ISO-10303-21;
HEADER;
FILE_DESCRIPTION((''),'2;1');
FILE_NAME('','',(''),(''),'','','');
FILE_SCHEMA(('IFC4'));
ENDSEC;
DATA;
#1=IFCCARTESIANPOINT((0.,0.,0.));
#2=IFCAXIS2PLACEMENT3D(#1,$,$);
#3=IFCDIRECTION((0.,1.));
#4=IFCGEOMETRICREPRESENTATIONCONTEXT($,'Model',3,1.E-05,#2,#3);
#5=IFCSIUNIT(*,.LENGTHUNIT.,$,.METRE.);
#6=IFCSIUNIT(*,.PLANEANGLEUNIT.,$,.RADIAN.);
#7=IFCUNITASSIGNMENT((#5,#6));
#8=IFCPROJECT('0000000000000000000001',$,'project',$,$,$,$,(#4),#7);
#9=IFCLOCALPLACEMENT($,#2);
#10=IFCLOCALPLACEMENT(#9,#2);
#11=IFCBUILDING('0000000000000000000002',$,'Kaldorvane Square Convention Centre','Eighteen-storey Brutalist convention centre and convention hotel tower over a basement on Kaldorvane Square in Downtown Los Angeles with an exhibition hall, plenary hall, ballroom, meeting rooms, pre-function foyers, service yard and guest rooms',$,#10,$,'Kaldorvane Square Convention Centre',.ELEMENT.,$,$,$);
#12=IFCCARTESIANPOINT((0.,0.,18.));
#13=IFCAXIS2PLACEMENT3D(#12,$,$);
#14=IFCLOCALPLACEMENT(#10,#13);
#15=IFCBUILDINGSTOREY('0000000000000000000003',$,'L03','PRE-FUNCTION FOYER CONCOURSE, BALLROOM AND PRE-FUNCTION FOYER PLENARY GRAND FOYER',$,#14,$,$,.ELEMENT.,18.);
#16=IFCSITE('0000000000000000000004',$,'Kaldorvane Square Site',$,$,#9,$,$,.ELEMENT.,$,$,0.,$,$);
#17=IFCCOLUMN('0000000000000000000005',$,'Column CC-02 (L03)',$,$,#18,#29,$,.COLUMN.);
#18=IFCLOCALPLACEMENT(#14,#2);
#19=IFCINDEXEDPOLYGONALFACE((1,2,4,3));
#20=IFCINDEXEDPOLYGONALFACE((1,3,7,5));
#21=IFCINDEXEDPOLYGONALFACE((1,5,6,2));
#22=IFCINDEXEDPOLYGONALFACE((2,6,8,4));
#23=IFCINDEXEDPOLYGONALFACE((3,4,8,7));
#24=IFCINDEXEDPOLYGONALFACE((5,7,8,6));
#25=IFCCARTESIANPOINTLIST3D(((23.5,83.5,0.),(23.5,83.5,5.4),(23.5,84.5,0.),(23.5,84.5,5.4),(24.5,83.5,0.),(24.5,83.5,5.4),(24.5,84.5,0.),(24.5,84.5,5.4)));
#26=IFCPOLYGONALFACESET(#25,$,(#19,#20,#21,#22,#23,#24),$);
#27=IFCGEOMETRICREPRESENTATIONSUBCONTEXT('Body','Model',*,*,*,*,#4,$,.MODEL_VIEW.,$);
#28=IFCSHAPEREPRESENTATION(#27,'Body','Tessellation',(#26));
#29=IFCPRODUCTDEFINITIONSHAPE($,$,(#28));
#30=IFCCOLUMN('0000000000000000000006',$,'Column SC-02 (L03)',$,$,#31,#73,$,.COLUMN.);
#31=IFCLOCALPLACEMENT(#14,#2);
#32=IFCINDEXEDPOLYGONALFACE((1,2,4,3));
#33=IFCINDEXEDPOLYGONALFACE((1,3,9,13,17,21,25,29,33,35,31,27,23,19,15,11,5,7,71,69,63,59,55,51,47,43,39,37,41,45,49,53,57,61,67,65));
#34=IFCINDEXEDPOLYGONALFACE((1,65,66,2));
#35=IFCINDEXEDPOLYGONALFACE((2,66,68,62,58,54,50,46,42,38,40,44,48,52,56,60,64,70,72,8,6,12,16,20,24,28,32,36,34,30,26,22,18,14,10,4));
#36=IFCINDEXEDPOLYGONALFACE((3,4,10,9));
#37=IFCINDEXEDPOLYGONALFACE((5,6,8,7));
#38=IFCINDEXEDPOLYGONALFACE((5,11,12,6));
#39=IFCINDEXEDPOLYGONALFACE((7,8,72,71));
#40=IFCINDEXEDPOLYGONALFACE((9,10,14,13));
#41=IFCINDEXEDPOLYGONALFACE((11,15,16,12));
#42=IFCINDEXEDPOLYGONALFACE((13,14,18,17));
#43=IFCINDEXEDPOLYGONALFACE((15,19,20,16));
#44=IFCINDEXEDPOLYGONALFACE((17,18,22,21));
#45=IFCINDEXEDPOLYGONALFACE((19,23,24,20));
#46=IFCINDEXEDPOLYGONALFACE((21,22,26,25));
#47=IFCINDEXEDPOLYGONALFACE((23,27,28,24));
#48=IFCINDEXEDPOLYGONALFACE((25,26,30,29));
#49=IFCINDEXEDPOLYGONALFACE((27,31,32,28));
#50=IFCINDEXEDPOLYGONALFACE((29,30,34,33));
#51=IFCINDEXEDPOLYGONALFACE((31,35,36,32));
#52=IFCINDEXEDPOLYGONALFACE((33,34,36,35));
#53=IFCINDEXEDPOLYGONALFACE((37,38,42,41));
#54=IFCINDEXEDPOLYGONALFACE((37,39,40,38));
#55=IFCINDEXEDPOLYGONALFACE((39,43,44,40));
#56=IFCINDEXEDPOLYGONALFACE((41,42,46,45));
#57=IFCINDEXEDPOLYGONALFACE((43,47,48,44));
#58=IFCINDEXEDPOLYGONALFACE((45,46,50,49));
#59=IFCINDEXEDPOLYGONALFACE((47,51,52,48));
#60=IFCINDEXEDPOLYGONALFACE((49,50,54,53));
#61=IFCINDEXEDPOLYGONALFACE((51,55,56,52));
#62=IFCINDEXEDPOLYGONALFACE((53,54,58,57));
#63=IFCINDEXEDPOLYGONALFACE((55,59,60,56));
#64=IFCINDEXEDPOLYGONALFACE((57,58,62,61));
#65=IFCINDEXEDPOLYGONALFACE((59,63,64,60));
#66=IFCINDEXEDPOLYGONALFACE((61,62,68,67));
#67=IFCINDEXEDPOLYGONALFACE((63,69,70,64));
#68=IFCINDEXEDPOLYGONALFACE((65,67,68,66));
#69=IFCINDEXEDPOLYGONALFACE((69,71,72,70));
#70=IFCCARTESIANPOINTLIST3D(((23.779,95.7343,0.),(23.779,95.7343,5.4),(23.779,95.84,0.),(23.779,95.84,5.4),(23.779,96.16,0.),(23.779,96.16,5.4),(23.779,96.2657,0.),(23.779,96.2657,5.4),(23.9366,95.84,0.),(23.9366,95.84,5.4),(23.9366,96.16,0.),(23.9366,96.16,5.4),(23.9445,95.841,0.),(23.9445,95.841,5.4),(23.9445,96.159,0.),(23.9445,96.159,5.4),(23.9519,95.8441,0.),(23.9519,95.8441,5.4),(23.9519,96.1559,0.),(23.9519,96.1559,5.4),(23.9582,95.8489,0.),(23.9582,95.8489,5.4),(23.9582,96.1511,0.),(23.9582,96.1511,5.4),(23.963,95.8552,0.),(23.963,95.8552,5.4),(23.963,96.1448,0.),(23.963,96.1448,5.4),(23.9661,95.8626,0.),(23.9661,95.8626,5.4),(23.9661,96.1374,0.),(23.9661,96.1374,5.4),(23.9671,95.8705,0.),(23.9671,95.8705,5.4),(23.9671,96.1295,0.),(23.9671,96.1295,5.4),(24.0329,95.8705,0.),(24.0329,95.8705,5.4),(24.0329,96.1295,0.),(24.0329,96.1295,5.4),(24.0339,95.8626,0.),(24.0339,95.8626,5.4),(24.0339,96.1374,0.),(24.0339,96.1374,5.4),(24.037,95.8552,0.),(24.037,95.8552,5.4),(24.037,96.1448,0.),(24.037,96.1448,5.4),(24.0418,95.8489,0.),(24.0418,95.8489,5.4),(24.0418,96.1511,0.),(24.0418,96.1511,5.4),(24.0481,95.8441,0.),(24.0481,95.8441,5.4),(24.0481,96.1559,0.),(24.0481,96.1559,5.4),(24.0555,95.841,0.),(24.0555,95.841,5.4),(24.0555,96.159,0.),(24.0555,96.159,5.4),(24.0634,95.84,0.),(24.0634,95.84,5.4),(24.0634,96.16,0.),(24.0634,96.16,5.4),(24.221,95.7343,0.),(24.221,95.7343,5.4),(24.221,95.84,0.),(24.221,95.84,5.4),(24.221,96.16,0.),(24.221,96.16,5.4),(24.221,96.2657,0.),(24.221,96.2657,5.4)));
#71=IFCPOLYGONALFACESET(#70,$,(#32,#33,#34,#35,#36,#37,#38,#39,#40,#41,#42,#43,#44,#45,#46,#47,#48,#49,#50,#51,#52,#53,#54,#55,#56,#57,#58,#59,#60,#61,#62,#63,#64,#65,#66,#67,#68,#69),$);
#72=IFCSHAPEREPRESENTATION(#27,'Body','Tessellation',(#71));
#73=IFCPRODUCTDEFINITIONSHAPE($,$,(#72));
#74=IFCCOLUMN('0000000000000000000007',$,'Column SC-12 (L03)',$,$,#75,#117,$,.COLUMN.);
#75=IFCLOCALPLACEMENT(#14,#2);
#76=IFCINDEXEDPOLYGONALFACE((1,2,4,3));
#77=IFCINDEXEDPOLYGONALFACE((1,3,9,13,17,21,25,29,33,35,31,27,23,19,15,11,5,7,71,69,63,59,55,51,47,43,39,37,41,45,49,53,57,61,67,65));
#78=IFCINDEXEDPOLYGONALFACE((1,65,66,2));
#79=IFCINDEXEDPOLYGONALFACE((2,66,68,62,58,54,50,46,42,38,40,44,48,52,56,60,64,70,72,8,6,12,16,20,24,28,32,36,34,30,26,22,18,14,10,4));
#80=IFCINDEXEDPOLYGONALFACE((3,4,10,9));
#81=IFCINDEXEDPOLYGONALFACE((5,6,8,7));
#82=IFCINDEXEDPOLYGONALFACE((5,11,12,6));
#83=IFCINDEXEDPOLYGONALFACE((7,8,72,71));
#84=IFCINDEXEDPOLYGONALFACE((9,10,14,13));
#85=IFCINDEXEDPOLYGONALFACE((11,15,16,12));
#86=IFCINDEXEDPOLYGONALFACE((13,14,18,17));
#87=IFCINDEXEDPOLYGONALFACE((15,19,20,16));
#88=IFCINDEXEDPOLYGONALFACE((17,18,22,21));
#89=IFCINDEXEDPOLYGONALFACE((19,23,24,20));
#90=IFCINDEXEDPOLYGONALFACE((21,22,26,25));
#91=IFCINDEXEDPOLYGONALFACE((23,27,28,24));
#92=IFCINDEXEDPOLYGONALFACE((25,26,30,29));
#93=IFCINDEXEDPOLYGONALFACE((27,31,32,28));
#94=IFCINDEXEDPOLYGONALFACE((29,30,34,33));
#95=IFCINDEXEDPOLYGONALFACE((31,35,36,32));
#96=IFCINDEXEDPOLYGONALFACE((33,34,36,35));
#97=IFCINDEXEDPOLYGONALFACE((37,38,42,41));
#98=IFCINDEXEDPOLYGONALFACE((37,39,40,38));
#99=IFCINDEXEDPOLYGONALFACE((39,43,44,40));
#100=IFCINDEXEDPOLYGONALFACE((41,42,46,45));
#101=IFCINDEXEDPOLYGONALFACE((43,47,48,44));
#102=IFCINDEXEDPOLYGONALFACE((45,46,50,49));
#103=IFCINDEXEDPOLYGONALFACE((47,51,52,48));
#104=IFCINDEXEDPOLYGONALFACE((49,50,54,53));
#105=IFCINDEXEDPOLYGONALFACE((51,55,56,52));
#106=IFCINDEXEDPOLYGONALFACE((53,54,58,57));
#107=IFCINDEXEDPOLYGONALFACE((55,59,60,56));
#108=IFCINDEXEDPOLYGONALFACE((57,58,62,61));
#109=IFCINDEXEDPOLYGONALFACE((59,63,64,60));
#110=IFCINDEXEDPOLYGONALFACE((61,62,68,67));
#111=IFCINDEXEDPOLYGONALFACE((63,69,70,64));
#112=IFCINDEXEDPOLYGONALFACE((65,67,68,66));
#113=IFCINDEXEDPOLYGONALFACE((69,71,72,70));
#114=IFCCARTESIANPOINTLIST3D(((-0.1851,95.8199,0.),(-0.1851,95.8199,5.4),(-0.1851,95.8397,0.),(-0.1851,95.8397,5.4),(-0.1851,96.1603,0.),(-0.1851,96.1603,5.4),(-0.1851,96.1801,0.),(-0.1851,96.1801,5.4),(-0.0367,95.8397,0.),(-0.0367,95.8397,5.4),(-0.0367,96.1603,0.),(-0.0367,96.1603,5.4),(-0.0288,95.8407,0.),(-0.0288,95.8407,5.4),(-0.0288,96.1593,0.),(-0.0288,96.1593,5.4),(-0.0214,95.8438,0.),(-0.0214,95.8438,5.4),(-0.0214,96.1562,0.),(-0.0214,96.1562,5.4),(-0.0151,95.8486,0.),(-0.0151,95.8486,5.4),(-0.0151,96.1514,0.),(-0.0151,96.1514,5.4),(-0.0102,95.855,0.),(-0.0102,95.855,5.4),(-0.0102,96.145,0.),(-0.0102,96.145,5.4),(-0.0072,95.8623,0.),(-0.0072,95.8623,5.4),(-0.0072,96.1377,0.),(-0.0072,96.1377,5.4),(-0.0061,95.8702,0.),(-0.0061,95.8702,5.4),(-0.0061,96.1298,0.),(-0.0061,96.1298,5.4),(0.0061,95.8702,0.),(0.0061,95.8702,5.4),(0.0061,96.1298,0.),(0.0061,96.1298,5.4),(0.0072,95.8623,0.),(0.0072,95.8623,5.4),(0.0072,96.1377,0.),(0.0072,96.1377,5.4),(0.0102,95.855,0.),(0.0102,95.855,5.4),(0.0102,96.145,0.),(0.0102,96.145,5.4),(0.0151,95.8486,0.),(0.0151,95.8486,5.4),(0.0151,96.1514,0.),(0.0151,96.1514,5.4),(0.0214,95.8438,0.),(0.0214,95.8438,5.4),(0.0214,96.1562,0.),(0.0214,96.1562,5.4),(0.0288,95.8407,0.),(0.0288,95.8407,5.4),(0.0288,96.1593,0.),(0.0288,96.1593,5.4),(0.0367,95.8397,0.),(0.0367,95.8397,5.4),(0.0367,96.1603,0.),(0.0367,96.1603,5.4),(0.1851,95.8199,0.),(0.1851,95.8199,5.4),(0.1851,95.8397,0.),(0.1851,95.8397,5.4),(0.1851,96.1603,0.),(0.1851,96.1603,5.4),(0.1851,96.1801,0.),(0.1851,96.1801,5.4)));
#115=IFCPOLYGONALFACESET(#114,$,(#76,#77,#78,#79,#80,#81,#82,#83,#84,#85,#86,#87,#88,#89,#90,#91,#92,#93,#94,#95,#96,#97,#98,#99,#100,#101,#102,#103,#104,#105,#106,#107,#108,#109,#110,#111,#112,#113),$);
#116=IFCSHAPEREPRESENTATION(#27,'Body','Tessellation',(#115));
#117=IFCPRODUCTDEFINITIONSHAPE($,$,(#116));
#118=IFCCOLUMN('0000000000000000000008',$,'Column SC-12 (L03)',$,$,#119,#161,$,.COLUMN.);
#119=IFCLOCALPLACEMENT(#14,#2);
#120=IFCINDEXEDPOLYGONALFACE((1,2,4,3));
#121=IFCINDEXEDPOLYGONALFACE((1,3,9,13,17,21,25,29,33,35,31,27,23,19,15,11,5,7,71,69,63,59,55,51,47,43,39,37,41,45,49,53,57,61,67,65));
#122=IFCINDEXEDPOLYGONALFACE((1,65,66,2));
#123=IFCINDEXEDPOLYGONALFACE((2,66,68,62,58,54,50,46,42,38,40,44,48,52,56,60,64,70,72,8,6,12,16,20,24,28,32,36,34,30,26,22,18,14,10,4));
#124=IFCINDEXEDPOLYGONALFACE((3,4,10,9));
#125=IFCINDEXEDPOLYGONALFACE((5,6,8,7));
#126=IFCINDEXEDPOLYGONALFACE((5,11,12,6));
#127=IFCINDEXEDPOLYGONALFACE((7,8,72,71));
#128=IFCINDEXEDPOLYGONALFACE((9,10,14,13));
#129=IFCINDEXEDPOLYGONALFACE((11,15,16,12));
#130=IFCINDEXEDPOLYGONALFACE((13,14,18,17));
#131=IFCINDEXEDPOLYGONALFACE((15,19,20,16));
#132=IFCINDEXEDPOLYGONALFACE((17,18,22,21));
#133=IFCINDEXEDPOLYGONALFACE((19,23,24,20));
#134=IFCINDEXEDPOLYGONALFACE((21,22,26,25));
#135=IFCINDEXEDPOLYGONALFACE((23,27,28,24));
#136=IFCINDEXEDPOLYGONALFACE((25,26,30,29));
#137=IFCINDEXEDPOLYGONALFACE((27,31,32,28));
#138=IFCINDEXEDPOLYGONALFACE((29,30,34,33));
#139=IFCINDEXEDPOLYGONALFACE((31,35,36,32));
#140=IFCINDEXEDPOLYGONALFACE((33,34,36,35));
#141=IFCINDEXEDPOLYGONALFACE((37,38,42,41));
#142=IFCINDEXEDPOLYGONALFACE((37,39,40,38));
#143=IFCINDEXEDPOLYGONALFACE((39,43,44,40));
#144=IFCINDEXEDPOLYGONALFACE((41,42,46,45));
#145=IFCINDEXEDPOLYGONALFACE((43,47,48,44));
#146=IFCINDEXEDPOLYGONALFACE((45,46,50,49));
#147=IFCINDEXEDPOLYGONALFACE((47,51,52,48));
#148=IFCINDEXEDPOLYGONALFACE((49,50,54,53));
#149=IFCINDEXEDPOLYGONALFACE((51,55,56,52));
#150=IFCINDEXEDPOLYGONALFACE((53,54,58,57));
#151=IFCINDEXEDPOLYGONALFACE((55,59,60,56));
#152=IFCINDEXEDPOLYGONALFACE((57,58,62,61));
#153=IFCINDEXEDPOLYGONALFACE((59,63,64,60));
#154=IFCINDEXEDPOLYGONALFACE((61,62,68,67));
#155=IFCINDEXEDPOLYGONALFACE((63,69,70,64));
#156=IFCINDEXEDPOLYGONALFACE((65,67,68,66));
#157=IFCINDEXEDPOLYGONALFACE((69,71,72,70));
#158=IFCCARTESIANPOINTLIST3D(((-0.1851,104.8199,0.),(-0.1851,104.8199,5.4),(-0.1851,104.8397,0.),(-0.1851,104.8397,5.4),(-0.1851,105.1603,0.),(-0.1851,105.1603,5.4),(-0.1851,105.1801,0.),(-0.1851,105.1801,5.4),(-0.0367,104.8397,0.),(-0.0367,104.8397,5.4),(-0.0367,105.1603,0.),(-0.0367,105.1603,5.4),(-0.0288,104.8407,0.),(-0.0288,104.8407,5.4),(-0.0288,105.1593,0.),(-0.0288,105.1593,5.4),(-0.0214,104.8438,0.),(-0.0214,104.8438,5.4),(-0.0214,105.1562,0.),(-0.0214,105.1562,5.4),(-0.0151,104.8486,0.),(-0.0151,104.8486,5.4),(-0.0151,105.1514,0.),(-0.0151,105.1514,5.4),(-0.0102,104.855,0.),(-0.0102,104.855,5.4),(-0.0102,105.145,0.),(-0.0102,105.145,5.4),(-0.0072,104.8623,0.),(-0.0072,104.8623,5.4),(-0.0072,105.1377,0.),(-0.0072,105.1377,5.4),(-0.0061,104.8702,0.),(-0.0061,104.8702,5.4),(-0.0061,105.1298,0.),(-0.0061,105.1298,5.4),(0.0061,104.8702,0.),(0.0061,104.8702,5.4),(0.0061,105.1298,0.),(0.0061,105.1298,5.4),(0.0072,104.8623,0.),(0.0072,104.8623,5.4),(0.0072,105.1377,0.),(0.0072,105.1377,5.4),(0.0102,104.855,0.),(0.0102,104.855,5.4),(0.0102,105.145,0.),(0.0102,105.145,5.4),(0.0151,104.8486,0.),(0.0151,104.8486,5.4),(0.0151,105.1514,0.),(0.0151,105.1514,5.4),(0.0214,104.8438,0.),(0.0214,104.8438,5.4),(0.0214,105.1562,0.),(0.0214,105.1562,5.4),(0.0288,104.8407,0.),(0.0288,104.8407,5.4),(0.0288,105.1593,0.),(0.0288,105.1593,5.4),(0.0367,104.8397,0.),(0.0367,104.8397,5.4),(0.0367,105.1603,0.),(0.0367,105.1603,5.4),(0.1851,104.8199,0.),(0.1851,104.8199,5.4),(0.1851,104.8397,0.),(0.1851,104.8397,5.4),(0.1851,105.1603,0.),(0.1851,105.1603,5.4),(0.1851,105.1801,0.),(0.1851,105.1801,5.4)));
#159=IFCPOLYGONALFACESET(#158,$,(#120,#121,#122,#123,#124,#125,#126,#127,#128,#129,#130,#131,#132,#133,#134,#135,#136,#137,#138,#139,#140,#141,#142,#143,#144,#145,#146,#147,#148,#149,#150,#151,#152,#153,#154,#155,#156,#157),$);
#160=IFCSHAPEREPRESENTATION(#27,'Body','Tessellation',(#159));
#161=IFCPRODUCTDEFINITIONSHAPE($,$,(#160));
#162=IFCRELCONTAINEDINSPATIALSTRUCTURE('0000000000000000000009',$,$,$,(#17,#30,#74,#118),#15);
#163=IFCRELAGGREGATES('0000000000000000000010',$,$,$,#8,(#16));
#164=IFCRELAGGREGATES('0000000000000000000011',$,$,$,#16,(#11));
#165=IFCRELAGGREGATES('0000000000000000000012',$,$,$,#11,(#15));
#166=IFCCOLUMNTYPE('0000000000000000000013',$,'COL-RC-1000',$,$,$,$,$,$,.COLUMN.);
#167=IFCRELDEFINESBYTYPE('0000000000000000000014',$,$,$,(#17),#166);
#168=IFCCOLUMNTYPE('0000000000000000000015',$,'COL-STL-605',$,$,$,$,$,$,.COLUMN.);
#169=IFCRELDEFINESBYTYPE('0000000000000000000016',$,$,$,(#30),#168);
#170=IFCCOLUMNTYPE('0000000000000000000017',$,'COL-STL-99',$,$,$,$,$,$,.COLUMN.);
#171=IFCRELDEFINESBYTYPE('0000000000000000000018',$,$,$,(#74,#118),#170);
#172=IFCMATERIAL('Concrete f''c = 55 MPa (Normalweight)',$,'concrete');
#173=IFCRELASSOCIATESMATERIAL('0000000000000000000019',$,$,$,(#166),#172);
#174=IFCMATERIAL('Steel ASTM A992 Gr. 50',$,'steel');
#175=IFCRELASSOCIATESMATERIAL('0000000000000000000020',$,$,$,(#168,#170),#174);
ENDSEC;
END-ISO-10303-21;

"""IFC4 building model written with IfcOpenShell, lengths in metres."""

from ifc_helpers import new_model, si_unit, direction, frame, origin, origin_2d, place, context, subcontext, project, spatial, rectangle, i_section, extrude, material, material_profile, profile_set, type_object, element, save


model = new_model("IFC4")

# Units and contexts
model_context = context("Model", 3, precision=1e-05, world=origin(), true_north=direction((0.0, 1.0)))
body_context = subcontext(model_context, "Body", "Model", "MODEL_VIEW")
ifc_project = project(units=[si_unit("LENGTHUNIT", "METRE"), si_unit("PLANEANGLEUNIT", "RADIAN")], contexts=[model_context])

# Site, building, storey
site_placement = place(None, origin())
site = spatial("IfcSite", under=ifc_project, at=site_placement, Name="Kaldorvane Square Site", CompositionType="ELEMENT", RefElevation=0.0)
building_placement = place(site_placement, origin())
building = spatial("IfcBuilding", under=site, at=building_placement, Name="Kaldorvane Square Convention Centre", Description="Eighteen-storey Brutalist convention centre and convention hotel tower over a basement on Kaldorvane Square in Downtown Los Angeles with an exhibition hall, plenary hall, ballroom, meeting rooms, pre-function foyers, service yard and guest rooms", LongName="Kaldorvane Square Convention Centre", CompositionType="ELEMENT")
storey_placement = place(building_placement, frame((0.0, 0.0, 18.0)))
storey = spatial("IfcBuildingStorey", under=building, at=storey_placement, Name="L03", Description="PRE-FUNCTION FOYER CONCOURSE, BALLROOM AND PRE-FUNCTION FOYER PLENARY GRAND FOYER", CompositionType="ELEMENT", Elevation=18.0)

# Columns
ifc_material_1 = material(Name="Concrete f'c = 55 MPa (Normalweight)", Category="concrete")
ifc_material_profile_1 = material_profile(ifc_material_1, rectangle(XDim=1.0, YDim=1.0, at=origin_2d()), Name="RC1000X1000")
ifc_profile_set_1 = profile_set([ifc_material_profile_1], Name="Concrete f'c = 55 MPa (Normalweight)")
column_type_1 = type_object("IfcColumnType", Name="COL-RC-1000", PredefinedType="COLUMN", material=ifc_profile_set_1)
column_1_placement = place(storey_placement, frame((24.0, 84.0, 0.0), z_axis=(0.0, 0.0, 1.0), x_axis=(1.0, 0.0, 0.0)))
element("IfcColumn", 1, at=column_1_placement, inside=storey, type_object=column_type_1, Name="Column CC-02 (L03)", PredefinedType="COLUMN", context=body_context, shape_type="SweptSolid", body=[
    extrude(rectangle(XDim=1.0, YDim=1.0, at=origin_2d()), origin(), (0.0, 0.0, 1.0), 5.4),
])
ifc_material_2 = material(Name="Steel ASTM A992 Gr. 50", Category="steel")
ifc_material_profile_2 = material_profile(ifc_material_2, i_section(OverallWidth=0.442, OverallDepth=0.5314, WebThickness=0.0658, FlangeThickness=0.1057, FilletRadius=0.0305, at=origin_2d()), Name="W14X605")
ifc_profile_set_2 = profile_set([ifc_material_profile_2], Name="Steel ASTM A992 Gr. 50")
column_type_2 = type_object("IfcColumnType", Name="COL-STL-605", PredefinedType="COLUMN", material=ifc_profile_set_2)
column_2_placement = place(storey_placement, frame((24.0, 96.0, 0.0), z_axis=(0.0, 0.0, 1.0), x_axis=(1.0, 0.0, 0.0)))
element("IfcColumn", 2, at=column_2_placement, inside=storey, type_object=column_type_2, Name="Column SC-02 (L03)", PredefinedType="COLUMN", context=body_context, shape_type="SweptSolid", body=[
    extrude(i_section(OverallWidth=0.442, OverallDepth=0.5314, WebThickness=0.0658, FlangeThickness=0.1057, FilletRadius=0.0305, at=origin_2d()), origin(), (0.0, 0.0, 1.0), 5.4),
])
ifc_material_profile_3 = material_profile(ifc_material_2, i_section(OverallWidth=0.3701, OverallDepth=0.3602, WebThickness=0.0123, FlangeThickness=0.0198, FilletRadius=0.0305, at=origin_2d()), Name="W14X99")
ifc_profile_set_3 = profile_set([ifc_material_profile_3], Name="Steel ASTM A992 Gr. 50")
column_type_3 = type_object("IfcColumnType", Name="COL-STL-99", PredefinedType="COLUMN", material=ifc_profile_set_3)
for number, where, z_axis, x_axis, name in (
    (3, (0.0, 96.0, 0.0), (0.0, 0.0, 1.0), (1.0, 0.0, 0.0), "Column SC-12 (L03)"),
    (4, (0.0, 105.0, 0.0), (0.0, 0.0, 1.0), (1.0, 0.0, 0.0), "Column SC-12 (L03)"),
):
    element("IfcColumn", number, at=place(storey_placement, frame(where, z_axis=z_axis, x_axis=x_axis)), inside=storey, type_object=column_type_3, Name=name, PredefinedType="COLUMN", context=body_context, shape_type="SweptSolid", body=[
        extrude(i_section(OverallWidth=0.3701, OverallDepth=0.3602, WebThickness=0.0123, FlangeThickness=0.0198, FilletRadius=0.0305, at=origin_2d()), origin(), (0.0, 0.0, 1.0), 5.4),
    ])

save(model, "model.ifc")
